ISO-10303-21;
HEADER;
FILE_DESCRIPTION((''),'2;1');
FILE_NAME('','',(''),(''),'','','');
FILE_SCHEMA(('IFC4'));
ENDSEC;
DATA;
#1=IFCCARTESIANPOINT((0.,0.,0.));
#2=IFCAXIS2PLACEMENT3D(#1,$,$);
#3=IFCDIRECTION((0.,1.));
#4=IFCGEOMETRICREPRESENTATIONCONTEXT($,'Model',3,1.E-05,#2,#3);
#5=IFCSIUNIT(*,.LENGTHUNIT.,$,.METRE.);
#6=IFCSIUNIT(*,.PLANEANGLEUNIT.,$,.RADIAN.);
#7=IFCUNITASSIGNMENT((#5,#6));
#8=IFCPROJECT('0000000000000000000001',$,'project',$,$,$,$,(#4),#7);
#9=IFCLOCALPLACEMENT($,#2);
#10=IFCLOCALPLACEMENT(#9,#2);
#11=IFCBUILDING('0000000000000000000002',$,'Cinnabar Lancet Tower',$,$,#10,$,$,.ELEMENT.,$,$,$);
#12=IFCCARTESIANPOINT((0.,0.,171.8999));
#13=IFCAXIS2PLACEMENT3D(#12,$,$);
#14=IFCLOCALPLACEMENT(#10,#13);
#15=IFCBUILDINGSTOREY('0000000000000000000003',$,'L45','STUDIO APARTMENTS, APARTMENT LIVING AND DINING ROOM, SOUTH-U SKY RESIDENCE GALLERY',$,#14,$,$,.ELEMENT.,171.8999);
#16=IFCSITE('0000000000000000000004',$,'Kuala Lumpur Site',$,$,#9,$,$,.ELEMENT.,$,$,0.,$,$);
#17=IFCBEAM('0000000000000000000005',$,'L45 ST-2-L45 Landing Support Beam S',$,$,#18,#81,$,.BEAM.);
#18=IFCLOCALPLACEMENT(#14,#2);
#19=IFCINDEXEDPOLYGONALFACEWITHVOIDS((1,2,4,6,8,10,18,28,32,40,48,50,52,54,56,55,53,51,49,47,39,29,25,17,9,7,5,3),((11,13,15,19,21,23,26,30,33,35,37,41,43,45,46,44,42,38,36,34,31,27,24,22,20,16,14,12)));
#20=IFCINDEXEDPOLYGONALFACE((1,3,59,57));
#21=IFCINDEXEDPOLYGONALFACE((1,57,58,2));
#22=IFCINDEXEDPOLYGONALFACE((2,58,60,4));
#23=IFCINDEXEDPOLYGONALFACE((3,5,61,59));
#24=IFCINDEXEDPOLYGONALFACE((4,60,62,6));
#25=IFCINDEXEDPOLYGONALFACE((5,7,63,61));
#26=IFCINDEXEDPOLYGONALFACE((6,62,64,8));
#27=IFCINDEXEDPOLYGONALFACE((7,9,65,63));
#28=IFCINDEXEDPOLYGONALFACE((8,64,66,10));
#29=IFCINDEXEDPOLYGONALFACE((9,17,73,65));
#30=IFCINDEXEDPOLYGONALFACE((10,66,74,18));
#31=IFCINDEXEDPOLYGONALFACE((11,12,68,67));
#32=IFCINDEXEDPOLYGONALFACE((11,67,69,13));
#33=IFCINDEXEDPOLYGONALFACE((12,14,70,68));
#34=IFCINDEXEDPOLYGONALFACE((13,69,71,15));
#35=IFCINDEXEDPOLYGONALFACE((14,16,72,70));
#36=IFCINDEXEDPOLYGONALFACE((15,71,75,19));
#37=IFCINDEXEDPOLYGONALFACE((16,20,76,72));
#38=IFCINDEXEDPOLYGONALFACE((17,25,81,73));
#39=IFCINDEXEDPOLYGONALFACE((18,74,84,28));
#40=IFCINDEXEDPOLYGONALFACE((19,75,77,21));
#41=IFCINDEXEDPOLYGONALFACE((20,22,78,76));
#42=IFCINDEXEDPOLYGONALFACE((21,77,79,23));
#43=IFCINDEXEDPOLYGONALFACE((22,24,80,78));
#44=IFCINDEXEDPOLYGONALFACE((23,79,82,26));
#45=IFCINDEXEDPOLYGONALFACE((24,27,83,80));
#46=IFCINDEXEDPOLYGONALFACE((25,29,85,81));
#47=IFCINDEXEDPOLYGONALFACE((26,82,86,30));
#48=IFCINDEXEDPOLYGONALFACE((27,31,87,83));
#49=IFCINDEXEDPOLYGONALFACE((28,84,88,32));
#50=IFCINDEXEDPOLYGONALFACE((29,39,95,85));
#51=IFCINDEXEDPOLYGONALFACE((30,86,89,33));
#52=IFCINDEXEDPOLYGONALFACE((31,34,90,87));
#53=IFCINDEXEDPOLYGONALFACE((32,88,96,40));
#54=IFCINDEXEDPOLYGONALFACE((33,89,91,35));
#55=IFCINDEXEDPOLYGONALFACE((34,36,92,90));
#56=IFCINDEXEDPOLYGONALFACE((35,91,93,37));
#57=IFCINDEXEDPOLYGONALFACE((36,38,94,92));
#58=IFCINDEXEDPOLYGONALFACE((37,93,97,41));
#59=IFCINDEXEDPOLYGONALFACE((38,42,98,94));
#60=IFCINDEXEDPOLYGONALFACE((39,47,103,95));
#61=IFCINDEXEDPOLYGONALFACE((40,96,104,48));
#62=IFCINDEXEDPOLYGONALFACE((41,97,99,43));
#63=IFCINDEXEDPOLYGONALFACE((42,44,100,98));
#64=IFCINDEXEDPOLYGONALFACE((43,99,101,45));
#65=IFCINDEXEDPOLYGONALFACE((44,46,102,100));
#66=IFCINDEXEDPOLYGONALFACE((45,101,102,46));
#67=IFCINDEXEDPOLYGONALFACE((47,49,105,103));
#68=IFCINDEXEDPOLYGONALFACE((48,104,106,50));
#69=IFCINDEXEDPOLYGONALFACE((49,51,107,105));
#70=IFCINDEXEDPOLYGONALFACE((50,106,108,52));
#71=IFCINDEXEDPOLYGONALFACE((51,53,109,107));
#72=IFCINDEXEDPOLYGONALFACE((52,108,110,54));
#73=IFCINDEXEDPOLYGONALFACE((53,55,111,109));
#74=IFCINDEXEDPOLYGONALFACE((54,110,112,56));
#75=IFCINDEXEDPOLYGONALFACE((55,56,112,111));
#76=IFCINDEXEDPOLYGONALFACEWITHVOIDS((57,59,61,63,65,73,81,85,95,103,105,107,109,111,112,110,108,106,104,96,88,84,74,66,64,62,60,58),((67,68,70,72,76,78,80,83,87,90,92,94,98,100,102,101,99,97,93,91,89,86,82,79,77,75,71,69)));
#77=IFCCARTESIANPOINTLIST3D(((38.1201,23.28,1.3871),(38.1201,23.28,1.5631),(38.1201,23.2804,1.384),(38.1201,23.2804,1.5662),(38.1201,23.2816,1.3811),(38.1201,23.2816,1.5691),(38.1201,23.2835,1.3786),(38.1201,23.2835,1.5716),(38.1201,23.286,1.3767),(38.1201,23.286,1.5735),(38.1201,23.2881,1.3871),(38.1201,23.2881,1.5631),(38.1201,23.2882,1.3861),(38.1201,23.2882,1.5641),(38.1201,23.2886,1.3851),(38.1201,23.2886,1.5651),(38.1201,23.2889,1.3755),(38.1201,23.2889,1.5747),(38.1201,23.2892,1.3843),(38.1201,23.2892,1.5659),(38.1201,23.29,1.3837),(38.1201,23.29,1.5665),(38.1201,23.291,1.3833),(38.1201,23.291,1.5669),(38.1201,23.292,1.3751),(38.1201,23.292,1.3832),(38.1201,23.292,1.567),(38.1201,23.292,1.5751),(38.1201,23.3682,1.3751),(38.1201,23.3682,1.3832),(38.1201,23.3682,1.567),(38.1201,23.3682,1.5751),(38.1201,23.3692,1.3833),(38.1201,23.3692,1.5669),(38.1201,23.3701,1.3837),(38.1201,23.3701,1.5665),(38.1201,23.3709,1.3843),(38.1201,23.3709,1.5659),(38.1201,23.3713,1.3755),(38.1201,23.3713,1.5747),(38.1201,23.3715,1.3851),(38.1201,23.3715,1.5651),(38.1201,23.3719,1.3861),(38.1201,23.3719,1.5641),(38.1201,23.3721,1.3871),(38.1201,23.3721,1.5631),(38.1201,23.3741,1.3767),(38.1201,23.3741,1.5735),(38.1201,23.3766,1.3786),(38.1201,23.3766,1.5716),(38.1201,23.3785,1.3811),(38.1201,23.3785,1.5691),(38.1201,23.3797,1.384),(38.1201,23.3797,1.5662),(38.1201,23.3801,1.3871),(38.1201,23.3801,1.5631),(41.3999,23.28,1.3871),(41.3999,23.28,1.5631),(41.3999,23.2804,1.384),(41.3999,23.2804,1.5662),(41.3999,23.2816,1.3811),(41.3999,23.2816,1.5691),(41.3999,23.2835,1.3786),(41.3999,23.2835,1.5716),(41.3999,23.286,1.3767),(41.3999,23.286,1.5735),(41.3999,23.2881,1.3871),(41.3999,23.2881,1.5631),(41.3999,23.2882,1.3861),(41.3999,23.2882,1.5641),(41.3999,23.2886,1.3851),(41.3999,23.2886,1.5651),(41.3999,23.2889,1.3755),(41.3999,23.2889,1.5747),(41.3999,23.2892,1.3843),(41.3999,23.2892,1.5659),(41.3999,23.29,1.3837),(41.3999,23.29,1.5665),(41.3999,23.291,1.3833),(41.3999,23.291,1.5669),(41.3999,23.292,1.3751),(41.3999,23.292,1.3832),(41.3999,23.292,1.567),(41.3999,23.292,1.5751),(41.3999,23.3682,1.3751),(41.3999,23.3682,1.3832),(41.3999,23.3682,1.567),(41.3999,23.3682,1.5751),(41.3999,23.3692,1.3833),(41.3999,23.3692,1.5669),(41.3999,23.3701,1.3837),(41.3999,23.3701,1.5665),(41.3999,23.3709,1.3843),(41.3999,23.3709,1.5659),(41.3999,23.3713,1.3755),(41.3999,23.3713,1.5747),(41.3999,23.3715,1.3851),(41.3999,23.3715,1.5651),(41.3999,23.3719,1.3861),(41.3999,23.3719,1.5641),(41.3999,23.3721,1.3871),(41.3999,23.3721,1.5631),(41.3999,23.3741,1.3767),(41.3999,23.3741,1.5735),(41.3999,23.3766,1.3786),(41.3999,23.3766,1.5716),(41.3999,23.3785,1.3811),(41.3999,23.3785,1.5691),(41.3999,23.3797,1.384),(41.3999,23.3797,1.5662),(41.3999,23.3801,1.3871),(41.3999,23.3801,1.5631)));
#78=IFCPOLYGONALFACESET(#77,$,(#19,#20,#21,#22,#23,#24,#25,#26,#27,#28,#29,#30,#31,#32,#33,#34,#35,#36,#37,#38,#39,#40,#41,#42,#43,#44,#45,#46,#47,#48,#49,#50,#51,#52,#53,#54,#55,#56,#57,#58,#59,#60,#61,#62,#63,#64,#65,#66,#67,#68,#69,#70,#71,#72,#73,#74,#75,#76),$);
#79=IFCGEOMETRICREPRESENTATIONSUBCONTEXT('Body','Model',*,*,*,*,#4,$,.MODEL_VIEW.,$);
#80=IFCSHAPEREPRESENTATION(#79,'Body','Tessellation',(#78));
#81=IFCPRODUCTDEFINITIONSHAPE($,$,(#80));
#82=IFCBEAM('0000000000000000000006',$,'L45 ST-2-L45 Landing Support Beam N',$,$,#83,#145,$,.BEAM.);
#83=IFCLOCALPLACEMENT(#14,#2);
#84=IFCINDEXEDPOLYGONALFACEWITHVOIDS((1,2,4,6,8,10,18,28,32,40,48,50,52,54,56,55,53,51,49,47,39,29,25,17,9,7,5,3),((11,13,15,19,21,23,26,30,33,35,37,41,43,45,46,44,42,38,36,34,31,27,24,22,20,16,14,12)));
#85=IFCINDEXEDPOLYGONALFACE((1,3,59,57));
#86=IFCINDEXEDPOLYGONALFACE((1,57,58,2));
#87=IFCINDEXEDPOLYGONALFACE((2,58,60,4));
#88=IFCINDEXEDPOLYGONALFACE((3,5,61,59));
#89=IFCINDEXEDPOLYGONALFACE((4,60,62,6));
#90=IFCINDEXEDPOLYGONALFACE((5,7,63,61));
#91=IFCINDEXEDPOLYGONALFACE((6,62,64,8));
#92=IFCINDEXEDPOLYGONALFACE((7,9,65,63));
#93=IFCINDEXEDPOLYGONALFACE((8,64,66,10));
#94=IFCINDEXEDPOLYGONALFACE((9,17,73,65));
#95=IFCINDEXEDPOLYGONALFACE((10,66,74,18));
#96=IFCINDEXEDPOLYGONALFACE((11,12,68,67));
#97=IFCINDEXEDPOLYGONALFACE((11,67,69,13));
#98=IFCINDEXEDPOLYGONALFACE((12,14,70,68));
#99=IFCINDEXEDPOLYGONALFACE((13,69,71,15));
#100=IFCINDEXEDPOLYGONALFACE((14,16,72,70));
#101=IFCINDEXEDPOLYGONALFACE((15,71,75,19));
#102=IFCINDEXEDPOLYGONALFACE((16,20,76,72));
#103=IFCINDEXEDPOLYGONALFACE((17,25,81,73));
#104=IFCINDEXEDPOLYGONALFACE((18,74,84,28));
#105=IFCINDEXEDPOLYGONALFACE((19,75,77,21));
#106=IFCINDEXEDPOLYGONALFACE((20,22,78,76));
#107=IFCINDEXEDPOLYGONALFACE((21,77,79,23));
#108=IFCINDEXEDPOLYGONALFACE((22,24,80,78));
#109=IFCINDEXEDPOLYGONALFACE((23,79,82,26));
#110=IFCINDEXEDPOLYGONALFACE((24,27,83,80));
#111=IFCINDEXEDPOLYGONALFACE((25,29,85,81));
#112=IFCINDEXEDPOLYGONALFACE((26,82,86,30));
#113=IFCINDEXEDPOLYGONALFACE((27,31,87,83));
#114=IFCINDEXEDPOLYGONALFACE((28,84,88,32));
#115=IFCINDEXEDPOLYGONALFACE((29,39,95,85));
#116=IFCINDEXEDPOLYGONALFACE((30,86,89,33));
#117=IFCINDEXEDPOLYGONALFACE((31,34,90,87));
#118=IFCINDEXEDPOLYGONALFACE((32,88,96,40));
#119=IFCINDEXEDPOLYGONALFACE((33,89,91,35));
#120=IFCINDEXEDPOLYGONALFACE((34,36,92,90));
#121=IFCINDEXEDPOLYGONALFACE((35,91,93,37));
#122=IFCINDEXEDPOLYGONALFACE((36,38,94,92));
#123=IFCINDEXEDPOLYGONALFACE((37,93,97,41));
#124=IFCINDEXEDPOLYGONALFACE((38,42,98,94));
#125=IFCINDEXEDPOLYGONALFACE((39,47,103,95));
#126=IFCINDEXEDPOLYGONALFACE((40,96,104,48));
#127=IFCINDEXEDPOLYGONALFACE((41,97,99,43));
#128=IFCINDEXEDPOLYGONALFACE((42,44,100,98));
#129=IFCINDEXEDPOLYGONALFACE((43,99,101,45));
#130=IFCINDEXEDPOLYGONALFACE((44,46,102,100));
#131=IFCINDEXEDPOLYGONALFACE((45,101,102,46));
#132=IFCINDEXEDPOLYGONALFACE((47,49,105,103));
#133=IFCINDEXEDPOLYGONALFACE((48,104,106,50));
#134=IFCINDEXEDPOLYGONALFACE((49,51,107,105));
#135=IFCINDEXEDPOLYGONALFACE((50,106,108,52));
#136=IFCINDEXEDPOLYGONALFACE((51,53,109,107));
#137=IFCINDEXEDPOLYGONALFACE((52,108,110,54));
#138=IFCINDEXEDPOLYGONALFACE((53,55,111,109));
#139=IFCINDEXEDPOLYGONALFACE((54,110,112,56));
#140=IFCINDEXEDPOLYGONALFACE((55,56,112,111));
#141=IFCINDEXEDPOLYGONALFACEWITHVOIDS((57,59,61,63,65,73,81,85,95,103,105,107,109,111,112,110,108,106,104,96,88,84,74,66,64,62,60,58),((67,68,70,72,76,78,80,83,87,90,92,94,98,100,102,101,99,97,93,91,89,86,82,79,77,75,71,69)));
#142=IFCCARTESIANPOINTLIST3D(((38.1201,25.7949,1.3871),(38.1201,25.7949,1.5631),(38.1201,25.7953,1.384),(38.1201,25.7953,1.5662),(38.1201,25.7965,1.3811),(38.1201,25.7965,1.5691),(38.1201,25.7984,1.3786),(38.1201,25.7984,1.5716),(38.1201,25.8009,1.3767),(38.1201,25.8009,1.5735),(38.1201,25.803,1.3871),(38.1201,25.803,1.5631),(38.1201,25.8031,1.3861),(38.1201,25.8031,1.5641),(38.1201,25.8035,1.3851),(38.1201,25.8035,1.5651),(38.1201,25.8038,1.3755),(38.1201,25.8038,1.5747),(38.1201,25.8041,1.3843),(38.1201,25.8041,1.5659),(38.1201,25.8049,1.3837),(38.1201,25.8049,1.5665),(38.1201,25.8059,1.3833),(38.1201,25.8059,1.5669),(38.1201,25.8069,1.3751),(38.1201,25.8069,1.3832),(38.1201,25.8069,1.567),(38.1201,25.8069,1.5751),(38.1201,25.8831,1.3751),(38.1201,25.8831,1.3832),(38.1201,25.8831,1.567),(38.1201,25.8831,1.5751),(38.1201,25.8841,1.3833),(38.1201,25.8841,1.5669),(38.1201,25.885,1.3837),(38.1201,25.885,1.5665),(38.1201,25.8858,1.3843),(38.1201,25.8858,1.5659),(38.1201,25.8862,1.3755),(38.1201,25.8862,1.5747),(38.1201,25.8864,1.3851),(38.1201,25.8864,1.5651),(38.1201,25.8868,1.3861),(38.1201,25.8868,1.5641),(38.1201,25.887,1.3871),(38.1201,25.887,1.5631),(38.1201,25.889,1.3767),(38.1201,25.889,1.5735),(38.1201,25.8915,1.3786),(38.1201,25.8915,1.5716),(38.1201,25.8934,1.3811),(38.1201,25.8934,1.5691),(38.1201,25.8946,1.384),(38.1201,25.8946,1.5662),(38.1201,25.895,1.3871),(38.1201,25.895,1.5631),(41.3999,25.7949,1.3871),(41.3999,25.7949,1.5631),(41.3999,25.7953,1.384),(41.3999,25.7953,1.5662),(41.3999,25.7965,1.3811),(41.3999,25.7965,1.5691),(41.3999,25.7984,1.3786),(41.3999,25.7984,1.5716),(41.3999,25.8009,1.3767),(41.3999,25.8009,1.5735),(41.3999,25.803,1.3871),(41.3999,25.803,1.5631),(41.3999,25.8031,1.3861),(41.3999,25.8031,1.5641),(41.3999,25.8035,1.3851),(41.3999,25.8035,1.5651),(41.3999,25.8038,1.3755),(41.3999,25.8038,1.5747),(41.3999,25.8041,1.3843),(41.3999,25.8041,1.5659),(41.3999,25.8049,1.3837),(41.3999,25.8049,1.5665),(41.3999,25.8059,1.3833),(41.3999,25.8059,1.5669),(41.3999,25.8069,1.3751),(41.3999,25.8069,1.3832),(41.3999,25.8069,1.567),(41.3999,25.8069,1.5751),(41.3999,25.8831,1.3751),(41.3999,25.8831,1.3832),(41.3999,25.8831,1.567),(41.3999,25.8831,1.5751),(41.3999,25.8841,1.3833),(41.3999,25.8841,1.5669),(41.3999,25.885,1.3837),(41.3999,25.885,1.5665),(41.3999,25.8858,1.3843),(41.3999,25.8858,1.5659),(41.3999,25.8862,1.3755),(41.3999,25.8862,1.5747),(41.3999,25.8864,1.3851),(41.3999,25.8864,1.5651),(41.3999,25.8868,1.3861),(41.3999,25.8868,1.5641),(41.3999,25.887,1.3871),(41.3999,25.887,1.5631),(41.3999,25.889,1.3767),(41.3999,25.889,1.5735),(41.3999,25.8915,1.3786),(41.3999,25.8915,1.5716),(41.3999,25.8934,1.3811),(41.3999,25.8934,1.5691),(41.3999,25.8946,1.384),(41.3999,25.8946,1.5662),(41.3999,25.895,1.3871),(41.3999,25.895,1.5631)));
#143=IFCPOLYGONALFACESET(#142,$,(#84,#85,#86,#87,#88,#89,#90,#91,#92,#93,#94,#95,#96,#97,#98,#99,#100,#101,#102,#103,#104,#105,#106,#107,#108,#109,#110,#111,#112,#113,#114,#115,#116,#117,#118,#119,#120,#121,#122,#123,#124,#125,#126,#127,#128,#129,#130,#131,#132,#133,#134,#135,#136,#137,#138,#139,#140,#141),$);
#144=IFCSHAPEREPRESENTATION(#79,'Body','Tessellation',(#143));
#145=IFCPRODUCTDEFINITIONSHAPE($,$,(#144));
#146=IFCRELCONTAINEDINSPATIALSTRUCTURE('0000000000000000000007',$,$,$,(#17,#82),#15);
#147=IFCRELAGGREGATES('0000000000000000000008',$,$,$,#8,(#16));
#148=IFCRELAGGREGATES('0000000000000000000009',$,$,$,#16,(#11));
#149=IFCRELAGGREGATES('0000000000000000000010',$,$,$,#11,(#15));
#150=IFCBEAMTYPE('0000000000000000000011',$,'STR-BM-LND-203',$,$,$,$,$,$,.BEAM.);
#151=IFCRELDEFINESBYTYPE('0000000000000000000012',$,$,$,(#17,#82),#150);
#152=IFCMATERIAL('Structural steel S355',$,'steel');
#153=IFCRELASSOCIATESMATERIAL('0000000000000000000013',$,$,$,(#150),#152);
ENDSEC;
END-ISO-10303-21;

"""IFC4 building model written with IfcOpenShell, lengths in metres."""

from ifc_helpers import new_model, si_unit, direction, frame, origin, origin_2d, place, context, subcontext, project, spatial, hollow_rectangle, extrude, material, material_profile, profile_set, type_object, element, save


model = new_model("IFC4")

# Units and contexts
model_context = context("Model", 3, precision=1e-05, world=origin(), true_north=direction((0.0, 1.0)))
body_context = subcontext(model_context, "Body", "Model", "MODEL_VIEW")
ifc_project = project(units=[si_unit("LENGTHUNIT", "METRE"), si_unit("PLANEANGLEUNIT", "RADIAN")], contexts=[model_context])

# Site, building, storey
site_placement = place(None, origin())
site = spatial("IfcSite", under=ifc_project, at=site_placement, Name="Kuala Lumpur Site", CompositionType="ELEMENT", RefElevation=0.0)
building_placement = place(site_placement, origin())
building = spatial("IfcBuilding", under=site, at=building_placement, Name="Cinnabar Lancet Tower", CompositionType="ELEMENT")
storey_placement = place(building_placement, frame((0.0, 0.0, 171.8999)))
storey = spatial("IfcBuildingStorey", under=building, at=storey_placement, Name="L45", Description="STUDIO APARTMENTS, APARTMENT LIVING AND DINING ROOM, SOUTH-U SKY RESIDENCE GALLERY", CompositionType="ELEMENT", Elevation=171.8999)

# Beams
ifc_material_1 = material(Name="Structural steel S355", Category="steel")
ifc_material_profile = material_profile(ifc_material_1, hollow_rectangle(XDim=0.1001, YDim=0.2, WallThickness=0.0081, InnerFilletRadius=0.0039, OuterFilletRadius=0.012, at=origin_2d()), Name="RHS 200x100x8")
ifc_profile_set = profile_set([ifc_material_profile], Name="Structural steel S355")
beam_type = type_object("IfcBeamType", Name="STR-BM-LND-203", PredefinedType="BEAM", material=ifc_profile_set)
for number, where, z_axis, x_axis, name in (
    (1, (38.1201, 23.3301, 1.4751), (1.0, 0.0, 0.0), (0.0, 1.0, 0.0), "L45 ST-2-L45 Landing Support Beam S"),
    (2, (38.1201, 25.845, 1.4751), (1.0, 0.0, 0.0), (0.0, 1.0, 0.0), "L45 ST-2-L45 Landing Support Beam N"),
):
    element("IfcBeam", number, at=place(storey_placement, frame(where, z_axis=z_axis, x_axis=x_axis)), inside=storey, type_object=beam_type, Name=name, PredefinedType="BEAM", context=body_context, shape_type="SweptSolid", body=[
        extrude(hollow_rectangle(XDim=0.1001, YDim=0.2, WallThickness=0.0081, InnerFilletRadius=0.0039, OuterFilletRadius=0.012, at=origin_2d()), origin(), (0.0, 0.0, 1.0), 3.2798),
    ])

save(model, "model.ifc")
